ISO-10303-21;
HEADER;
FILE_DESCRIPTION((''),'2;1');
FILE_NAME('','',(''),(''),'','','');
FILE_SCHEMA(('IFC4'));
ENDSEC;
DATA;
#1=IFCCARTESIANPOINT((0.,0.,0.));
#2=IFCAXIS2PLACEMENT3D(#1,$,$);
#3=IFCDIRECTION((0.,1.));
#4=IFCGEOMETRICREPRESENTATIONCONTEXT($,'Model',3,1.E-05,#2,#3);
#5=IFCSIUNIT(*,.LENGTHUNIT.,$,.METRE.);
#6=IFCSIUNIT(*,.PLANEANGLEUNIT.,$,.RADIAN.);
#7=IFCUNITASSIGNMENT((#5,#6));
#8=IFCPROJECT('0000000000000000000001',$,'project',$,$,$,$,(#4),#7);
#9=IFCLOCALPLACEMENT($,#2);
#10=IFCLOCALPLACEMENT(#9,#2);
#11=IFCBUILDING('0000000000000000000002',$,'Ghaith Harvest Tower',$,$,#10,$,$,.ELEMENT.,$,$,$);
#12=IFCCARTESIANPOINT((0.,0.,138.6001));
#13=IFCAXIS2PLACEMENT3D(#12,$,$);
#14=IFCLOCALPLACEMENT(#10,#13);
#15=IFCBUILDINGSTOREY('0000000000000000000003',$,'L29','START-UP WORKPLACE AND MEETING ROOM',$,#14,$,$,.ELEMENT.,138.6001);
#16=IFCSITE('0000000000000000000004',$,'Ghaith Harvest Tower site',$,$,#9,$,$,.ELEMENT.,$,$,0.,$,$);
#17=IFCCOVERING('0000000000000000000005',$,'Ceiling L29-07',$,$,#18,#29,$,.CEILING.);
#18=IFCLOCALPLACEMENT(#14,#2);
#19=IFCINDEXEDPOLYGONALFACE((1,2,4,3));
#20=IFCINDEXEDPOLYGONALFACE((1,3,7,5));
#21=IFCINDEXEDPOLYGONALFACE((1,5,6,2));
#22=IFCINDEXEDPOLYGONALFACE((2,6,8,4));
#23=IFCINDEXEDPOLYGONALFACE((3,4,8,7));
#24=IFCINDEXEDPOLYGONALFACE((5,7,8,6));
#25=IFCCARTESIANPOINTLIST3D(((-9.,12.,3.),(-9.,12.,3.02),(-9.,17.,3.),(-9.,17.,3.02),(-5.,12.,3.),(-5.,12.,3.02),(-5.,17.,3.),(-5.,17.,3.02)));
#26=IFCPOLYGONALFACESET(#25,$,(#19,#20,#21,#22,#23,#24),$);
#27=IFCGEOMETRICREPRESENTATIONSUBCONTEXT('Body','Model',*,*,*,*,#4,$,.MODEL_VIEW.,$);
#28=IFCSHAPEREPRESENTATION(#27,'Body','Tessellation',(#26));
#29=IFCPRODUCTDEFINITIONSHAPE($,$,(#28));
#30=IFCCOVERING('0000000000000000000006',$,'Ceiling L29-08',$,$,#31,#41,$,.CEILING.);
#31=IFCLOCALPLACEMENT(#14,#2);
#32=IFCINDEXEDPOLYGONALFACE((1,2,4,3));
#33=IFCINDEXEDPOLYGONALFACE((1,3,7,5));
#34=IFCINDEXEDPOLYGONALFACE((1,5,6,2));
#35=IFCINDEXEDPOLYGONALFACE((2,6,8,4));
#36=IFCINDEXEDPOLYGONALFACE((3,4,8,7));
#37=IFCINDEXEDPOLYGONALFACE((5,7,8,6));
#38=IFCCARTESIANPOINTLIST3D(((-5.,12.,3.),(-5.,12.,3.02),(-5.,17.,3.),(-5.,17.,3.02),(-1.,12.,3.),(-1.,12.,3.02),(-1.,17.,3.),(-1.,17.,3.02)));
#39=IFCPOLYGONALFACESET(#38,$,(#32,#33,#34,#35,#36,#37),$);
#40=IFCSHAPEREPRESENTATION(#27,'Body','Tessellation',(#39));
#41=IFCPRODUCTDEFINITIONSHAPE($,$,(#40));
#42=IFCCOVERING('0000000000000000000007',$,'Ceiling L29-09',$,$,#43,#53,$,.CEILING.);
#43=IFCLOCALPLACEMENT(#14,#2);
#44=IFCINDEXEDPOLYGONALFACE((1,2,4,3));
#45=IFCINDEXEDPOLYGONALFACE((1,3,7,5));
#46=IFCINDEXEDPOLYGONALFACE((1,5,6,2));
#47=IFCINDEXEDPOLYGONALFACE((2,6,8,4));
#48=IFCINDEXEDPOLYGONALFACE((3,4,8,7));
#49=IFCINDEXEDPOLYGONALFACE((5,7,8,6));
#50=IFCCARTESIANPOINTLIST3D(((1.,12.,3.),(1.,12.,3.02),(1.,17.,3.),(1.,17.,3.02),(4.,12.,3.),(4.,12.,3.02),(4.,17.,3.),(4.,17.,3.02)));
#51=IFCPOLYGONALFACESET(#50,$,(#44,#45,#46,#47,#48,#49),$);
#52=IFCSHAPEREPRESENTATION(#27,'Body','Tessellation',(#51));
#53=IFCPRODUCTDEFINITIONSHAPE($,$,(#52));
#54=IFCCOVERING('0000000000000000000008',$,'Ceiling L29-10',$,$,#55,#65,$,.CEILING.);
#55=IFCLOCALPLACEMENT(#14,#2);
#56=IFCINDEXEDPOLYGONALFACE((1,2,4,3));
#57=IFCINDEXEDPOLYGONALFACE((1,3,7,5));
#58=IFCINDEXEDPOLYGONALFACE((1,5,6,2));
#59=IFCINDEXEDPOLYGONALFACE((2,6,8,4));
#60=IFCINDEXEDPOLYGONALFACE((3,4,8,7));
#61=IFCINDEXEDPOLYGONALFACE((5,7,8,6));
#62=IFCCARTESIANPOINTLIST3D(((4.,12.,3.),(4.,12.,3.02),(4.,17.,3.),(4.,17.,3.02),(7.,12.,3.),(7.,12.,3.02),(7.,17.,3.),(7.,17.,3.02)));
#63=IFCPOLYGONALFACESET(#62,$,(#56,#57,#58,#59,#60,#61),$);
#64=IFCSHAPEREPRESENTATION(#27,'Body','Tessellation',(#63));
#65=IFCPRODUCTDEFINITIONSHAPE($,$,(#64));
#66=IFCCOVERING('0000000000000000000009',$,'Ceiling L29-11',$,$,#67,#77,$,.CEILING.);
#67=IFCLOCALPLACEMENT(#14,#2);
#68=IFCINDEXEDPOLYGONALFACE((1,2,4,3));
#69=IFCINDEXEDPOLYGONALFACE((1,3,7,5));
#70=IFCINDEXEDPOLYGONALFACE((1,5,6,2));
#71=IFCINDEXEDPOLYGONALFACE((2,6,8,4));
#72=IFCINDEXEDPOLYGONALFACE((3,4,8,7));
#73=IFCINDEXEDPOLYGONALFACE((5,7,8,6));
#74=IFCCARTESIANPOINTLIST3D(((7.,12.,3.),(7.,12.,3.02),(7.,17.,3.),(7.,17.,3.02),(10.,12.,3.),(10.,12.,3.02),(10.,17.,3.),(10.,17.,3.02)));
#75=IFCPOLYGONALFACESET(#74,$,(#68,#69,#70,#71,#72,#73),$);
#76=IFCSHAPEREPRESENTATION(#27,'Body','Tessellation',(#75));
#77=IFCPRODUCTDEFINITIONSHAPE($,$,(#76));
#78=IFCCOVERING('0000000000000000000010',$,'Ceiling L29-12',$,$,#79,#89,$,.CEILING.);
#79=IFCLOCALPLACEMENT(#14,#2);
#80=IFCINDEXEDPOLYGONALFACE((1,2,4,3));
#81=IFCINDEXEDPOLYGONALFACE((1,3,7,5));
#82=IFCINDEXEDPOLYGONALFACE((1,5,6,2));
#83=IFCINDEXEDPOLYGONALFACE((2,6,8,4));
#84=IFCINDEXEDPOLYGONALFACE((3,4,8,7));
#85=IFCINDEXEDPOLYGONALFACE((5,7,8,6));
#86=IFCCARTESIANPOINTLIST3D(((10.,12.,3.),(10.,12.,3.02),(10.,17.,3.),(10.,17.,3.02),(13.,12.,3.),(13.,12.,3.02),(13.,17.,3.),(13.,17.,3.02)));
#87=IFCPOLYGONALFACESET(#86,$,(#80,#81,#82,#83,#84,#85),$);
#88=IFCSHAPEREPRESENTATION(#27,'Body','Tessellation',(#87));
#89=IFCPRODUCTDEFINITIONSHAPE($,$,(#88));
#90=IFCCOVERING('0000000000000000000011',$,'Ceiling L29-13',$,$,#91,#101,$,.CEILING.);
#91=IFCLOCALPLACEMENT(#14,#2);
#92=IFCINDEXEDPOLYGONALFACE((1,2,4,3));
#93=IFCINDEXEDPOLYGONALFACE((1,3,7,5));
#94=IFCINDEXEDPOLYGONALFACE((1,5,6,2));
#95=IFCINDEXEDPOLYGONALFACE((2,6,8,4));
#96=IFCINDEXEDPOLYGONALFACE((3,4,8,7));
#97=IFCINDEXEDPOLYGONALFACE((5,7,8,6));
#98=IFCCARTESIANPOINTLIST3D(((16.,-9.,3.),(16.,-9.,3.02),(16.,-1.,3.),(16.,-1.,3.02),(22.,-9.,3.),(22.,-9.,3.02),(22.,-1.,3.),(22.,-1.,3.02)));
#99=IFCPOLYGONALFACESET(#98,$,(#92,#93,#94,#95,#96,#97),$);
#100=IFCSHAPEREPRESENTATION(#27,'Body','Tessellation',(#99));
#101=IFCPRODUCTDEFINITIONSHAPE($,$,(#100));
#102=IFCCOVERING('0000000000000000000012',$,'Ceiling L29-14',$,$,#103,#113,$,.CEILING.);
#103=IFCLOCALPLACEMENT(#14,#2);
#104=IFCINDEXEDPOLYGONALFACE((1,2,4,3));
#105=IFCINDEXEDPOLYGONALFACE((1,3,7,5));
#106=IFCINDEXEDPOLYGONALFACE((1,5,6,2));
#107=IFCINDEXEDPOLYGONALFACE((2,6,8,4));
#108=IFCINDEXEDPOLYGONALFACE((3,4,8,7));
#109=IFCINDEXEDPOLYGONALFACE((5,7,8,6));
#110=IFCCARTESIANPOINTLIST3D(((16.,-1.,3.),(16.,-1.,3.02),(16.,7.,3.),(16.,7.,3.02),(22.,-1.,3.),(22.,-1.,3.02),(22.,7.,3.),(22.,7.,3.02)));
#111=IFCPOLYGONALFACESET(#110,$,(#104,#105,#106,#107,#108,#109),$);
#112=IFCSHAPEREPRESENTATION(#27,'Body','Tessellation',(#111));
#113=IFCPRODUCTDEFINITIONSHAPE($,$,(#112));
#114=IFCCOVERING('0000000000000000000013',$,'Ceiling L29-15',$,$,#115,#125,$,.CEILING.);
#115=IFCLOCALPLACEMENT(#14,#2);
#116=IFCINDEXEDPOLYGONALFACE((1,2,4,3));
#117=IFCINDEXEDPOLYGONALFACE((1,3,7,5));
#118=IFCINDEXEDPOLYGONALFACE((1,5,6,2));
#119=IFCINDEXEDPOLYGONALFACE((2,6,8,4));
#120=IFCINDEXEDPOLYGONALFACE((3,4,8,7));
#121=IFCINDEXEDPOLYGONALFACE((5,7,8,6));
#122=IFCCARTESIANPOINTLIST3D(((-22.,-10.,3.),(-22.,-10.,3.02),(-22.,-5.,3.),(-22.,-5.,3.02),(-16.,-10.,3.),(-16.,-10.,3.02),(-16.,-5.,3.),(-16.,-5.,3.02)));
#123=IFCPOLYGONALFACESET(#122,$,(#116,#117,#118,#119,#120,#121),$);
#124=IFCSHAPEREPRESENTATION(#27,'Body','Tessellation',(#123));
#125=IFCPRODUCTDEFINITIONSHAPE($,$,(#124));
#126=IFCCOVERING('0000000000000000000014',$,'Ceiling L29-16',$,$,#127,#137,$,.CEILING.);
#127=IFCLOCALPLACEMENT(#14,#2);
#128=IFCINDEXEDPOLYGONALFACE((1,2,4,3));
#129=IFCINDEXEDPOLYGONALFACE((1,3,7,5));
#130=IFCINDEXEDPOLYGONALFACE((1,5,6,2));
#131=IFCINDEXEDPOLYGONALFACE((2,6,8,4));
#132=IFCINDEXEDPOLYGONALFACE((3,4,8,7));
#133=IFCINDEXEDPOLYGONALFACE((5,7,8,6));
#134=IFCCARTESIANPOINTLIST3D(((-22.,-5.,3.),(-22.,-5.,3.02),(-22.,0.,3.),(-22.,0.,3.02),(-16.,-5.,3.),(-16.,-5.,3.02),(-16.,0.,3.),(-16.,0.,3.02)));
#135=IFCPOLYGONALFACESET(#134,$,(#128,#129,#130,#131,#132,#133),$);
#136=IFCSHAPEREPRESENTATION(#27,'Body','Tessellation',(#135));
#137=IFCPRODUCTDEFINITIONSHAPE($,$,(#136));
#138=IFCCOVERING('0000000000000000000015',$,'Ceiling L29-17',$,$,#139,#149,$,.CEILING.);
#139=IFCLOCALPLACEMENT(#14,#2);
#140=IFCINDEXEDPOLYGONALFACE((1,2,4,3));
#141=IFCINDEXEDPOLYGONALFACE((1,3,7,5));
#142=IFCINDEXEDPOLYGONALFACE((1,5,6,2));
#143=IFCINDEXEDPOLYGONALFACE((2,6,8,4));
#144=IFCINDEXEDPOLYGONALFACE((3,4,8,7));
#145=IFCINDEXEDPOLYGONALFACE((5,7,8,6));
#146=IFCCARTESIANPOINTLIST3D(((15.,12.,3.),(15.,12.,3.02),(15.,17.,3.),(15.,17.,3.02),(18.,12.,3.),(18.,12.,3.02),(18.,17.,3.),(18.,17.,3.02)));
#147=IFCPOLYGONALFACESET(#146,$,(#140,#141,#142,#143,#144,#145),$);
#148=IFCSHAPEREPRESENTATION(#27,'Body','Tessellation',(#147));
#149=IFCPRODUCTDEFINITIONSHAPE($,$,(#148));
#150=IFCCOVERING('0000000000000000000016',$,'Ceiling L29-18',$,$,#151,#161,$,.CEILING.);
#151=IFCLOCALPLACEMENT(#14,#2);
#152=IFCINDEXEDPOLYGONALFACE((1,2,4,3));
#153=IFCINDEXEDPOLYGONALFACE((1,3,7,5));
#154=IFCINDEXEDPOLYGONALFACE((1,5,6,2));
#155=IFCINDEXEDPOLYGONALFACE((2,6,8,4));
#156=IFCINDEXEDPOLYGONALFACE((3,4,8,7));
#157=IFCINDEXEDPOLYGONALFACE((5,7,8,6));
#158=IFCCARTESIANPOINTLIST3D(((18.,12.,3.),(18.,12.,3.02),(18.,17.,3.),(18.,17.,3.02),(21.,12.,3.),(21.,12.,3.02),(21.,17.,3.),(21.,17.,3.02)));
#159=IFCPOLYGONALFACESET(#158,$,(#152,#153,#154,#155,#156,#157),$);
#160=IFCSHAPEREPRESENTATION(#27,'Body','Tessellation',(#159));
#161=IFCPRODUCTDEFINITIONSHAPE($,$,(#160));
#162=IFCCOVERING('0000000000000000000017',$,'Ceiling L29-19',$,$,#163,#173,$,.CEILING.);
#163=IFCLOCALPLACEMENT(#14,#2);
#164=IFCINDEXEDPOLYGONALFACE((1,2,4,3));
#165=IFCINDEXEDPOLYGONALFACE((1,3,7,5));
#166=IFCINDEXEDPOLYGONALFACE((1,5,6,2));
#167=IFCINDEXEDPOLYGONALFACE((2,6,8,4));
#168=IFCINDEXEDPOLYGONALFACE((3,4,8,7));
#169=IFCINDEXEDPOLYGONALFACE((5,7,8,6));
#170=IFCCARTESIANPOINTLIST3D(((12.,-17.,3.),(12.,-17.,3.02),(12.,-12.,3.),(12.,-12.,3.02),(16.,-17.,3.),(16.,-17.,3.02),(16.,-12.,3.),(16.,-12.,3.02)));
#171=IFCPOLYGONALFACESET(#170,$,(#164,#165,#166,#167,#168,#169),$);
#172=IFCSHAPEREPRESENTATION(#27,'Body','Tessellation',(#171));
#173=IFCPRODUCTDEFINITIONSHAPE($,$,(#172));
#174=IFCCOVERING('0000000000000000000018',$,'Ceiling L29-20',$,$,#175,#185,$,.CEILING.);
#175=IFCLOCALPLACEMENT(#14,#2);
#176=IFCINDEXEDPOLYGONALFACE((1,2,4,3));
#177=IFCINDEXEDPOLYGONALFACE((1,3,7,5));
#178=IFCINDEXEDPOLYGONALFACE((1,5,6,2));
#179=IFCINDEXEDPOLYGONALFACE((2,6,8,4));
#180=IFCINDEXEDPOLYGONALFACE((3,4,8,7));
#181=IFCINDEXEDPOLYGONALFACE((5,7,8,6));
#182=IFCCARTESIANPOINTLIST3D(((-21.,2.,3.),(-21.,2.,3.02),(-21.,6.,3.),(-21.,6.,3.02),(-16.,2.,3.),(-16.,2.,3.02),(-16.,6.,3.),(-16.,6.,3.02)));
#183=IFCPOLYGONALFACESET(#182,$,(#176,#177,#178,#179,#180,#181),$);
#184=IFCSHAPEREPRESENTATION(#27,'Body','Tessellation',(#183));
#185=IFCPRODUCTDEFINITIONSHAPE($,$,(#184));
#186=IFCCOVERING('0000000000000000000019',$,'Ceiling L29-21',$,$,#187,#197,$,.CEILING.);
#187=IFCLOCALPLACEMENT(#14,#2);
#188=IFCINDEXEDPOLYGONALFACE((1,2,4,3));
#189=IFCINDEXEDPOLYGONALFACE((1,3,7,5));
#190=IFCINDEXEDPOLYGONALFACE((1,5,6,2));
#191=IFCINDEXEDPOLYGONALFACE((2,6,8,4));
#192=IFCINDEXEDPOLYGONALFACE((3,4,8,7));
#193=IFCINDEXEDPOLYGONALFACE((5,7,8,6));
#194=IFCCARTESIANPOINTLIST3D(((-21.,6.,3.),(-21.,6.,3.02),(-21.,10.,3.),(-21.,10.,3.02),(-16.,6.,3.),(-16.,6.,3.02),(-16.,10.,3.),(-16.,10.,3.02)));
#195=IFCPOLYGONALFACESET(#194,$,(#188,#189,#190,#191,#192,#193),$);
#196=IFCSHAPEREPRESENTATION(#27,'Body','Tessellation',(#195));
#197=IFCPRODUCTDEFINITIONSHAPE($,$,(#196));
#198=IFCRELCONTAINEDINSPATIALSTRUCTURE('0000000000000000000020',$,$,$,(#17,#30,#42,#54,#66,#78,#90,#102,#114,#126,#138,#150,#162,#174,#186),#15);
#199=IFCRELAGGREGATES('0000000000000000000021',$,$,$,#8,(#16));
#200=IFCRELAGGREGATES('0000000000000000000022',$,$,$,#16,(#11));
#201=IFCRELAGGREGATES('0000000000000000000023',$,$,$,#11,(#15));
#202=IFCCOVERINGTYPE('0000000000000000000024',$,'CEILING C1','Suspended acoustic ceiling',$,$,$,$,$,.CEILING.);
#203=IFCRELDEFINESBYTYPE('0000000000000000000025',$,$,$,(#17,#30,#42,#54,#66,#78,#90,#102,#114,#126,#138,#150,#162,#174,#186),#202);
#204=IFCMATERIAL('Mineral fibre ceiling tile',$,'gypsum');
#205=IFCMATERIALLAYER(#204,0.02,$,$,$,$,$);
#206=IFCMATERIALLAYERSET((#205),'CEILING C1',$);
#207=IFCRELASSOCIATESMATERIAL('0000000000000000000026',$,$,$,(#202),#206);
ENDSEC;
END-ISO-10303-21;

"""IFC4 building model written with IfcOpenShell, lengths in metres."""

from ifc_helpers import new_model, si_unit, direction, frame, origin, place, context, subcontext, project, spatial, polyline, outline, extrude, material, layer, layer_set, type_object, element, save


model = new_model("IFC4")

# Units and contexts
model_context = context("Model", 3, precision=1e-05, world=origin(), true_north=direction((0.0, 1.0)))
body_context = subcontext(model_context, "Body", "Model", "MODEL_VIEW")
ifc_project = project(units=[si_unit("LENGTHUNIT", "METRE"), si_unit("PLANEANGLEUNIT", "RADIAN")], contexts=[model_context])

# Site, building, storey
site_placement = place(None, origin())
site = spatial("IfcSite", under=ifc_project, at=site_placement, Name="Ghaith Harvest Tower site", CompositionType="ELEMENT", RefElevation=0.0)
building_placement = place(site_placement, origin())
building = spatial("IfcBuilding", under=site, at=building_placement, Name="Ghaith Harvest Tower", CompositionType="ELEMENT")
storey_placement = place(building_placement, frame((0.0, 0.0, 138.6001)))
storey = spatial("IfcBuildingStorey", under=building, at=storey_placement, Name="L29", Description="START-UP WORKPLACE AND MEETING ROOM", CompositionType="ELEMENT", Elevation=138.6001)

# Coverings
ifc_material_1 = material(Name="Mineral fibre ceiling tile", Category="gypsum")
ifc_layer_1 = layer(ifc_material_1, 0.02)
ifc_layer_set_1 = layer_set([ifc_layer_1], Name="CEILING C1")
covering_type = type_object("IfcCoveringType", Name="CEILING C1", Description="Suspended acoustic ceiling", PredefinedType="CEILING", material=ifc_layer_set_1)
covering_1_placement = place(storey_placement, frame((0.0, 0.0, 3.0)))
element("IfcCovering", 1, at=covering_1_placement, inside=storey, type_object=covering_type, Name="Ceiling L29-07", PredefinedType="CEILING", context=body_context, shape_type="SweptSolid", body=[
    extrude(outline(polyline([(-9.0, 12.0), (-5.0, 12.0), (-5.0, 17.0), (-9.0, 17.0), (-9.0, 12.0)])), origin(), (0.0, 0.0, 1.0), 0.02),
])
covering_2_placement = place(storey_placement, frame((0.0, 0.0, 3.0)))
element("IfcCovering", 2, at=covering_2_placement, inside=storey, type_object=covering_type, Name="Ceiling L29-08", PredefinedType="CEILING", context=body_context, shape_type="SweptSolid", body=[
    extrude(outline(polyline([(-5.0, 12.0), (-1.0, 12.0), (-1.0, 17.0), (-5.0, 17.0), (-5.0, 12.0)])), origin(), (0.0, 0.0, 1.0), 0.02),
])
covering_3_placement = place(storey_placement, frame((0.0, 0.0, 3.0)))
element("IfcCovering", 3, at=covering_3_placement, inside=storey, type_object=covering_type, Name="Ceiling L29-09", PredefinedType="CEILING", context=body_context, shape_type="SweptSolid", body=[
    extrude(outline(polyline([(1.0, 12.0), (4.0, 12.0), (4.0, 17.0), (1.0, 17.0), (1.0, 12.0)])), origin(), (0.0, 0.0, 1.0), 0.02),
])
covering_4_placement = place(storey_placement, frame((0.0, 0.0, 3.0)))
element("IfcCovering", 4, at=covering_4_placement, inside=storey, type_object=covering_type, Name="Ceiling L29-10", PredefinedType="CEILING", context=body_context, shape_type="SweptSolid", body=[
    extrude(outline(polyline([(4.0, 12.0), (7.0, 12.0), (7.0, 17.0), (4.0, 17.0), (4.0, 12.0)])), origin(), (0.0, 0.0, 1.0), 0.02),
])
covering_5_placement = place(storey_placement, frame((0.0, 0.0, 3.0)))
element("IfcCovering", 5, at=covering_5_placement, inside=storey, type_object=covering_type, Name="Ceiling L29-11", PredefinedType="CEILING", context=body_context, shape_type="SweptSolid", body=[
    extrude(outline(polyline([(7.0, 12.0), (10.0, 12.0), (10.0, 17.0), (7.0, 17.0), (7.0, 12.0)])), origin(), (0.0, 0.0, 1.0), 0.02),
])
covering_6_placement = place(storey_placement, frame((0.0, 0.0, 3.0)))
element("IfcCovering", 6, at=covering_6_placement, inside=storey, type_object=covering_type, Name="Ceiling L29-12", PredefinedType="CEILING", context=body_context, shape_type="SweptSolid", body=[
    extrude(outline(polyline([(10.0, 12.0), (13.0, 12.0), (13.0, 17.0), (10.0, 17.0), (10.0, 12.0)])), origin(), (0.0, 0.0, 1.0), 0.02),
])
covering_7_placement = place(storey_placement, frame((0.0, 0.0, 3.0)))
element("IfcCovering", 7, at=covering_7_placement, inside=storey, type_object=covering_type, Name="Ceiling L29-13", PredefinedType="CEILING", context=body_context, shape_type="SweptSolid", body=[
    extrude(outline(polyline([(16.0, -9.0), (22.0, -9.0), (22.0, -1.0), (16.0, -1.0), (16.0, -9.0)])), origin(), (0.0, 0.0, 1.0), 0.02),
])
covering_8_placement = place(storey_placement, frame((0.0, 0.0, 3.0)))
element("IfcCovering", 8, at=covering_8_placement, inside=storey, type_object=covering_type, Name="Ceiling L29-14", PredefinedType="CEILING", context=body_context, shape_type="SweptSolid", body=[
    extrude(outline(polyline([(16.0, -1.0), (22.0, -1.0), (22.0, 7.0), (16.0, 7.0), (16.0, -1.0)])), origin(), (0.0, 0.0, 1.0), 0.02),
])
covering_9_placement = place(storey_placement, frame((0.0, 0.0, 3.0)))
element("IfcCovering", 9, at=covering_9_placement, inside=storey, type_object=covering_type, Name="Ceiling L29-15", PredefinedType="CEILING", context=body_context, shape_type="SweptSolid", body=[
    extrude(outline(polyline([(-22.0, -10.0), (-16.0, -10.0), (-16.0, -5.0), (-22.0, -5.0), (-22.0, -10.0)])), origin(), (0.0, 0.0, 1.0), 0.02),
])
covering_10_placement = place(storey_placement, frame((0.0, 0.0, 3.0)))
element("IfcCovering", 10, at=covering_10_placement, inside=storey, type_object=covering_type, Name="Ceiling L29-16", PredefinedType="CEILING", context=body_context, shape_type="SweptSolid", body=[
    extrude(outline(polyline([(-22.0, -5.0), (-16.0, -5.0), (-16.0, 0.0), (-22.0, 0.0), (-22.0, -5.0)])), origin(), (0.0, 0.0, 1.0), 0.02),
])
covering_11_placement = place(storey_placement, frame((0.0, 0.0, 3.0)))
element("IfcCovering", 11, at=covering_11_placement, inside=storey, type_object=covering_type, Name="Ceiling L29-17", PredefinedType="CEILING", context=body_context, shape_type="SweptSolid", body=[
    extrude(outline(polyline([(15.0, 12.0), (18.0, 12.0), (18.0, 17.0), (15.0, 17.0), (15.0, 12.0)])), origin(), (0.0, 0.0, 1.0), 0.02),
])
covering_12_placement = place(storey_placement, frame((0.0, 0.0, 3.0)))
element("IfcCovering", 12, at=covering_12_placement, inside=storey, type_object=covering_type, Name="Ceiling L29-18", PredefinedType="CEILING", context=body_context, shape_type="SweptSolid", body=[
    extrude(outline(polyline([(18.0, 12.0), (21.0, 12.0), (21.0, 17.0), (18.0, 17.0), (18.0, 12.0)])), origin(), (0.0, 0.0, 1.0), 0.02),
])
covering_13_placement = place(storey_placement, frame((0.0, 0.0, 3.0)))
element("IfcCovering", 13, at=covering_13_placement, inside=storey, type_object=covering_type, Name="Ceiling L29-19", PredefinedType="CEILING", context=body_context, shape_type="SweptSolid", body=[
    extrude(outline(polyline([(12.0, -17.0), (16.0, -17.0), (16.0, -12.0), (12.0, -12.0), (12.0, -17.0)])), origin(), (0.0, 0.0, 1.0), 0.02),
])
covering_14_placement = place(storey_placement, frame((0.0, 0.0, 3.0)))
element("IfcCovering", 14, at=covering_14_placement, inside=storey, type_object=covering_type, Name="Ceiling L29-20", PredefinedType="CEILING", context=body_context, shape_type="SweptSolid", body=[
    extrude(outline(polyline([(-21.0, 2.0), (-16.0, 2.0), (-16.0, 6.0), (-21.0, 6.0), (-21.0, 2.0)])), origin(), (0.0, 0.0, 1.0), 0.02),
])
covering_15_placement = place(storey_placement, frame((0.0, 0.0, 3.0)))
element("IfcCovering", 15, at=covering_15_placement, inside=storey, type_object=covering_type, Name="Ceiling L29-21", PredefinedType="CEILING", context=body_context, shape_type="SweptSolid", body=[
    extrude(outline(polyline([(-21.0, 6.0), (-16.0, 6.0), (-16.0, 10.0), (-21.0, 10.0), (-21.0, 6.0)])), origin(), (0.0, 0.0, 1.0), 0.02),
])

save(model, "model.ifc")
